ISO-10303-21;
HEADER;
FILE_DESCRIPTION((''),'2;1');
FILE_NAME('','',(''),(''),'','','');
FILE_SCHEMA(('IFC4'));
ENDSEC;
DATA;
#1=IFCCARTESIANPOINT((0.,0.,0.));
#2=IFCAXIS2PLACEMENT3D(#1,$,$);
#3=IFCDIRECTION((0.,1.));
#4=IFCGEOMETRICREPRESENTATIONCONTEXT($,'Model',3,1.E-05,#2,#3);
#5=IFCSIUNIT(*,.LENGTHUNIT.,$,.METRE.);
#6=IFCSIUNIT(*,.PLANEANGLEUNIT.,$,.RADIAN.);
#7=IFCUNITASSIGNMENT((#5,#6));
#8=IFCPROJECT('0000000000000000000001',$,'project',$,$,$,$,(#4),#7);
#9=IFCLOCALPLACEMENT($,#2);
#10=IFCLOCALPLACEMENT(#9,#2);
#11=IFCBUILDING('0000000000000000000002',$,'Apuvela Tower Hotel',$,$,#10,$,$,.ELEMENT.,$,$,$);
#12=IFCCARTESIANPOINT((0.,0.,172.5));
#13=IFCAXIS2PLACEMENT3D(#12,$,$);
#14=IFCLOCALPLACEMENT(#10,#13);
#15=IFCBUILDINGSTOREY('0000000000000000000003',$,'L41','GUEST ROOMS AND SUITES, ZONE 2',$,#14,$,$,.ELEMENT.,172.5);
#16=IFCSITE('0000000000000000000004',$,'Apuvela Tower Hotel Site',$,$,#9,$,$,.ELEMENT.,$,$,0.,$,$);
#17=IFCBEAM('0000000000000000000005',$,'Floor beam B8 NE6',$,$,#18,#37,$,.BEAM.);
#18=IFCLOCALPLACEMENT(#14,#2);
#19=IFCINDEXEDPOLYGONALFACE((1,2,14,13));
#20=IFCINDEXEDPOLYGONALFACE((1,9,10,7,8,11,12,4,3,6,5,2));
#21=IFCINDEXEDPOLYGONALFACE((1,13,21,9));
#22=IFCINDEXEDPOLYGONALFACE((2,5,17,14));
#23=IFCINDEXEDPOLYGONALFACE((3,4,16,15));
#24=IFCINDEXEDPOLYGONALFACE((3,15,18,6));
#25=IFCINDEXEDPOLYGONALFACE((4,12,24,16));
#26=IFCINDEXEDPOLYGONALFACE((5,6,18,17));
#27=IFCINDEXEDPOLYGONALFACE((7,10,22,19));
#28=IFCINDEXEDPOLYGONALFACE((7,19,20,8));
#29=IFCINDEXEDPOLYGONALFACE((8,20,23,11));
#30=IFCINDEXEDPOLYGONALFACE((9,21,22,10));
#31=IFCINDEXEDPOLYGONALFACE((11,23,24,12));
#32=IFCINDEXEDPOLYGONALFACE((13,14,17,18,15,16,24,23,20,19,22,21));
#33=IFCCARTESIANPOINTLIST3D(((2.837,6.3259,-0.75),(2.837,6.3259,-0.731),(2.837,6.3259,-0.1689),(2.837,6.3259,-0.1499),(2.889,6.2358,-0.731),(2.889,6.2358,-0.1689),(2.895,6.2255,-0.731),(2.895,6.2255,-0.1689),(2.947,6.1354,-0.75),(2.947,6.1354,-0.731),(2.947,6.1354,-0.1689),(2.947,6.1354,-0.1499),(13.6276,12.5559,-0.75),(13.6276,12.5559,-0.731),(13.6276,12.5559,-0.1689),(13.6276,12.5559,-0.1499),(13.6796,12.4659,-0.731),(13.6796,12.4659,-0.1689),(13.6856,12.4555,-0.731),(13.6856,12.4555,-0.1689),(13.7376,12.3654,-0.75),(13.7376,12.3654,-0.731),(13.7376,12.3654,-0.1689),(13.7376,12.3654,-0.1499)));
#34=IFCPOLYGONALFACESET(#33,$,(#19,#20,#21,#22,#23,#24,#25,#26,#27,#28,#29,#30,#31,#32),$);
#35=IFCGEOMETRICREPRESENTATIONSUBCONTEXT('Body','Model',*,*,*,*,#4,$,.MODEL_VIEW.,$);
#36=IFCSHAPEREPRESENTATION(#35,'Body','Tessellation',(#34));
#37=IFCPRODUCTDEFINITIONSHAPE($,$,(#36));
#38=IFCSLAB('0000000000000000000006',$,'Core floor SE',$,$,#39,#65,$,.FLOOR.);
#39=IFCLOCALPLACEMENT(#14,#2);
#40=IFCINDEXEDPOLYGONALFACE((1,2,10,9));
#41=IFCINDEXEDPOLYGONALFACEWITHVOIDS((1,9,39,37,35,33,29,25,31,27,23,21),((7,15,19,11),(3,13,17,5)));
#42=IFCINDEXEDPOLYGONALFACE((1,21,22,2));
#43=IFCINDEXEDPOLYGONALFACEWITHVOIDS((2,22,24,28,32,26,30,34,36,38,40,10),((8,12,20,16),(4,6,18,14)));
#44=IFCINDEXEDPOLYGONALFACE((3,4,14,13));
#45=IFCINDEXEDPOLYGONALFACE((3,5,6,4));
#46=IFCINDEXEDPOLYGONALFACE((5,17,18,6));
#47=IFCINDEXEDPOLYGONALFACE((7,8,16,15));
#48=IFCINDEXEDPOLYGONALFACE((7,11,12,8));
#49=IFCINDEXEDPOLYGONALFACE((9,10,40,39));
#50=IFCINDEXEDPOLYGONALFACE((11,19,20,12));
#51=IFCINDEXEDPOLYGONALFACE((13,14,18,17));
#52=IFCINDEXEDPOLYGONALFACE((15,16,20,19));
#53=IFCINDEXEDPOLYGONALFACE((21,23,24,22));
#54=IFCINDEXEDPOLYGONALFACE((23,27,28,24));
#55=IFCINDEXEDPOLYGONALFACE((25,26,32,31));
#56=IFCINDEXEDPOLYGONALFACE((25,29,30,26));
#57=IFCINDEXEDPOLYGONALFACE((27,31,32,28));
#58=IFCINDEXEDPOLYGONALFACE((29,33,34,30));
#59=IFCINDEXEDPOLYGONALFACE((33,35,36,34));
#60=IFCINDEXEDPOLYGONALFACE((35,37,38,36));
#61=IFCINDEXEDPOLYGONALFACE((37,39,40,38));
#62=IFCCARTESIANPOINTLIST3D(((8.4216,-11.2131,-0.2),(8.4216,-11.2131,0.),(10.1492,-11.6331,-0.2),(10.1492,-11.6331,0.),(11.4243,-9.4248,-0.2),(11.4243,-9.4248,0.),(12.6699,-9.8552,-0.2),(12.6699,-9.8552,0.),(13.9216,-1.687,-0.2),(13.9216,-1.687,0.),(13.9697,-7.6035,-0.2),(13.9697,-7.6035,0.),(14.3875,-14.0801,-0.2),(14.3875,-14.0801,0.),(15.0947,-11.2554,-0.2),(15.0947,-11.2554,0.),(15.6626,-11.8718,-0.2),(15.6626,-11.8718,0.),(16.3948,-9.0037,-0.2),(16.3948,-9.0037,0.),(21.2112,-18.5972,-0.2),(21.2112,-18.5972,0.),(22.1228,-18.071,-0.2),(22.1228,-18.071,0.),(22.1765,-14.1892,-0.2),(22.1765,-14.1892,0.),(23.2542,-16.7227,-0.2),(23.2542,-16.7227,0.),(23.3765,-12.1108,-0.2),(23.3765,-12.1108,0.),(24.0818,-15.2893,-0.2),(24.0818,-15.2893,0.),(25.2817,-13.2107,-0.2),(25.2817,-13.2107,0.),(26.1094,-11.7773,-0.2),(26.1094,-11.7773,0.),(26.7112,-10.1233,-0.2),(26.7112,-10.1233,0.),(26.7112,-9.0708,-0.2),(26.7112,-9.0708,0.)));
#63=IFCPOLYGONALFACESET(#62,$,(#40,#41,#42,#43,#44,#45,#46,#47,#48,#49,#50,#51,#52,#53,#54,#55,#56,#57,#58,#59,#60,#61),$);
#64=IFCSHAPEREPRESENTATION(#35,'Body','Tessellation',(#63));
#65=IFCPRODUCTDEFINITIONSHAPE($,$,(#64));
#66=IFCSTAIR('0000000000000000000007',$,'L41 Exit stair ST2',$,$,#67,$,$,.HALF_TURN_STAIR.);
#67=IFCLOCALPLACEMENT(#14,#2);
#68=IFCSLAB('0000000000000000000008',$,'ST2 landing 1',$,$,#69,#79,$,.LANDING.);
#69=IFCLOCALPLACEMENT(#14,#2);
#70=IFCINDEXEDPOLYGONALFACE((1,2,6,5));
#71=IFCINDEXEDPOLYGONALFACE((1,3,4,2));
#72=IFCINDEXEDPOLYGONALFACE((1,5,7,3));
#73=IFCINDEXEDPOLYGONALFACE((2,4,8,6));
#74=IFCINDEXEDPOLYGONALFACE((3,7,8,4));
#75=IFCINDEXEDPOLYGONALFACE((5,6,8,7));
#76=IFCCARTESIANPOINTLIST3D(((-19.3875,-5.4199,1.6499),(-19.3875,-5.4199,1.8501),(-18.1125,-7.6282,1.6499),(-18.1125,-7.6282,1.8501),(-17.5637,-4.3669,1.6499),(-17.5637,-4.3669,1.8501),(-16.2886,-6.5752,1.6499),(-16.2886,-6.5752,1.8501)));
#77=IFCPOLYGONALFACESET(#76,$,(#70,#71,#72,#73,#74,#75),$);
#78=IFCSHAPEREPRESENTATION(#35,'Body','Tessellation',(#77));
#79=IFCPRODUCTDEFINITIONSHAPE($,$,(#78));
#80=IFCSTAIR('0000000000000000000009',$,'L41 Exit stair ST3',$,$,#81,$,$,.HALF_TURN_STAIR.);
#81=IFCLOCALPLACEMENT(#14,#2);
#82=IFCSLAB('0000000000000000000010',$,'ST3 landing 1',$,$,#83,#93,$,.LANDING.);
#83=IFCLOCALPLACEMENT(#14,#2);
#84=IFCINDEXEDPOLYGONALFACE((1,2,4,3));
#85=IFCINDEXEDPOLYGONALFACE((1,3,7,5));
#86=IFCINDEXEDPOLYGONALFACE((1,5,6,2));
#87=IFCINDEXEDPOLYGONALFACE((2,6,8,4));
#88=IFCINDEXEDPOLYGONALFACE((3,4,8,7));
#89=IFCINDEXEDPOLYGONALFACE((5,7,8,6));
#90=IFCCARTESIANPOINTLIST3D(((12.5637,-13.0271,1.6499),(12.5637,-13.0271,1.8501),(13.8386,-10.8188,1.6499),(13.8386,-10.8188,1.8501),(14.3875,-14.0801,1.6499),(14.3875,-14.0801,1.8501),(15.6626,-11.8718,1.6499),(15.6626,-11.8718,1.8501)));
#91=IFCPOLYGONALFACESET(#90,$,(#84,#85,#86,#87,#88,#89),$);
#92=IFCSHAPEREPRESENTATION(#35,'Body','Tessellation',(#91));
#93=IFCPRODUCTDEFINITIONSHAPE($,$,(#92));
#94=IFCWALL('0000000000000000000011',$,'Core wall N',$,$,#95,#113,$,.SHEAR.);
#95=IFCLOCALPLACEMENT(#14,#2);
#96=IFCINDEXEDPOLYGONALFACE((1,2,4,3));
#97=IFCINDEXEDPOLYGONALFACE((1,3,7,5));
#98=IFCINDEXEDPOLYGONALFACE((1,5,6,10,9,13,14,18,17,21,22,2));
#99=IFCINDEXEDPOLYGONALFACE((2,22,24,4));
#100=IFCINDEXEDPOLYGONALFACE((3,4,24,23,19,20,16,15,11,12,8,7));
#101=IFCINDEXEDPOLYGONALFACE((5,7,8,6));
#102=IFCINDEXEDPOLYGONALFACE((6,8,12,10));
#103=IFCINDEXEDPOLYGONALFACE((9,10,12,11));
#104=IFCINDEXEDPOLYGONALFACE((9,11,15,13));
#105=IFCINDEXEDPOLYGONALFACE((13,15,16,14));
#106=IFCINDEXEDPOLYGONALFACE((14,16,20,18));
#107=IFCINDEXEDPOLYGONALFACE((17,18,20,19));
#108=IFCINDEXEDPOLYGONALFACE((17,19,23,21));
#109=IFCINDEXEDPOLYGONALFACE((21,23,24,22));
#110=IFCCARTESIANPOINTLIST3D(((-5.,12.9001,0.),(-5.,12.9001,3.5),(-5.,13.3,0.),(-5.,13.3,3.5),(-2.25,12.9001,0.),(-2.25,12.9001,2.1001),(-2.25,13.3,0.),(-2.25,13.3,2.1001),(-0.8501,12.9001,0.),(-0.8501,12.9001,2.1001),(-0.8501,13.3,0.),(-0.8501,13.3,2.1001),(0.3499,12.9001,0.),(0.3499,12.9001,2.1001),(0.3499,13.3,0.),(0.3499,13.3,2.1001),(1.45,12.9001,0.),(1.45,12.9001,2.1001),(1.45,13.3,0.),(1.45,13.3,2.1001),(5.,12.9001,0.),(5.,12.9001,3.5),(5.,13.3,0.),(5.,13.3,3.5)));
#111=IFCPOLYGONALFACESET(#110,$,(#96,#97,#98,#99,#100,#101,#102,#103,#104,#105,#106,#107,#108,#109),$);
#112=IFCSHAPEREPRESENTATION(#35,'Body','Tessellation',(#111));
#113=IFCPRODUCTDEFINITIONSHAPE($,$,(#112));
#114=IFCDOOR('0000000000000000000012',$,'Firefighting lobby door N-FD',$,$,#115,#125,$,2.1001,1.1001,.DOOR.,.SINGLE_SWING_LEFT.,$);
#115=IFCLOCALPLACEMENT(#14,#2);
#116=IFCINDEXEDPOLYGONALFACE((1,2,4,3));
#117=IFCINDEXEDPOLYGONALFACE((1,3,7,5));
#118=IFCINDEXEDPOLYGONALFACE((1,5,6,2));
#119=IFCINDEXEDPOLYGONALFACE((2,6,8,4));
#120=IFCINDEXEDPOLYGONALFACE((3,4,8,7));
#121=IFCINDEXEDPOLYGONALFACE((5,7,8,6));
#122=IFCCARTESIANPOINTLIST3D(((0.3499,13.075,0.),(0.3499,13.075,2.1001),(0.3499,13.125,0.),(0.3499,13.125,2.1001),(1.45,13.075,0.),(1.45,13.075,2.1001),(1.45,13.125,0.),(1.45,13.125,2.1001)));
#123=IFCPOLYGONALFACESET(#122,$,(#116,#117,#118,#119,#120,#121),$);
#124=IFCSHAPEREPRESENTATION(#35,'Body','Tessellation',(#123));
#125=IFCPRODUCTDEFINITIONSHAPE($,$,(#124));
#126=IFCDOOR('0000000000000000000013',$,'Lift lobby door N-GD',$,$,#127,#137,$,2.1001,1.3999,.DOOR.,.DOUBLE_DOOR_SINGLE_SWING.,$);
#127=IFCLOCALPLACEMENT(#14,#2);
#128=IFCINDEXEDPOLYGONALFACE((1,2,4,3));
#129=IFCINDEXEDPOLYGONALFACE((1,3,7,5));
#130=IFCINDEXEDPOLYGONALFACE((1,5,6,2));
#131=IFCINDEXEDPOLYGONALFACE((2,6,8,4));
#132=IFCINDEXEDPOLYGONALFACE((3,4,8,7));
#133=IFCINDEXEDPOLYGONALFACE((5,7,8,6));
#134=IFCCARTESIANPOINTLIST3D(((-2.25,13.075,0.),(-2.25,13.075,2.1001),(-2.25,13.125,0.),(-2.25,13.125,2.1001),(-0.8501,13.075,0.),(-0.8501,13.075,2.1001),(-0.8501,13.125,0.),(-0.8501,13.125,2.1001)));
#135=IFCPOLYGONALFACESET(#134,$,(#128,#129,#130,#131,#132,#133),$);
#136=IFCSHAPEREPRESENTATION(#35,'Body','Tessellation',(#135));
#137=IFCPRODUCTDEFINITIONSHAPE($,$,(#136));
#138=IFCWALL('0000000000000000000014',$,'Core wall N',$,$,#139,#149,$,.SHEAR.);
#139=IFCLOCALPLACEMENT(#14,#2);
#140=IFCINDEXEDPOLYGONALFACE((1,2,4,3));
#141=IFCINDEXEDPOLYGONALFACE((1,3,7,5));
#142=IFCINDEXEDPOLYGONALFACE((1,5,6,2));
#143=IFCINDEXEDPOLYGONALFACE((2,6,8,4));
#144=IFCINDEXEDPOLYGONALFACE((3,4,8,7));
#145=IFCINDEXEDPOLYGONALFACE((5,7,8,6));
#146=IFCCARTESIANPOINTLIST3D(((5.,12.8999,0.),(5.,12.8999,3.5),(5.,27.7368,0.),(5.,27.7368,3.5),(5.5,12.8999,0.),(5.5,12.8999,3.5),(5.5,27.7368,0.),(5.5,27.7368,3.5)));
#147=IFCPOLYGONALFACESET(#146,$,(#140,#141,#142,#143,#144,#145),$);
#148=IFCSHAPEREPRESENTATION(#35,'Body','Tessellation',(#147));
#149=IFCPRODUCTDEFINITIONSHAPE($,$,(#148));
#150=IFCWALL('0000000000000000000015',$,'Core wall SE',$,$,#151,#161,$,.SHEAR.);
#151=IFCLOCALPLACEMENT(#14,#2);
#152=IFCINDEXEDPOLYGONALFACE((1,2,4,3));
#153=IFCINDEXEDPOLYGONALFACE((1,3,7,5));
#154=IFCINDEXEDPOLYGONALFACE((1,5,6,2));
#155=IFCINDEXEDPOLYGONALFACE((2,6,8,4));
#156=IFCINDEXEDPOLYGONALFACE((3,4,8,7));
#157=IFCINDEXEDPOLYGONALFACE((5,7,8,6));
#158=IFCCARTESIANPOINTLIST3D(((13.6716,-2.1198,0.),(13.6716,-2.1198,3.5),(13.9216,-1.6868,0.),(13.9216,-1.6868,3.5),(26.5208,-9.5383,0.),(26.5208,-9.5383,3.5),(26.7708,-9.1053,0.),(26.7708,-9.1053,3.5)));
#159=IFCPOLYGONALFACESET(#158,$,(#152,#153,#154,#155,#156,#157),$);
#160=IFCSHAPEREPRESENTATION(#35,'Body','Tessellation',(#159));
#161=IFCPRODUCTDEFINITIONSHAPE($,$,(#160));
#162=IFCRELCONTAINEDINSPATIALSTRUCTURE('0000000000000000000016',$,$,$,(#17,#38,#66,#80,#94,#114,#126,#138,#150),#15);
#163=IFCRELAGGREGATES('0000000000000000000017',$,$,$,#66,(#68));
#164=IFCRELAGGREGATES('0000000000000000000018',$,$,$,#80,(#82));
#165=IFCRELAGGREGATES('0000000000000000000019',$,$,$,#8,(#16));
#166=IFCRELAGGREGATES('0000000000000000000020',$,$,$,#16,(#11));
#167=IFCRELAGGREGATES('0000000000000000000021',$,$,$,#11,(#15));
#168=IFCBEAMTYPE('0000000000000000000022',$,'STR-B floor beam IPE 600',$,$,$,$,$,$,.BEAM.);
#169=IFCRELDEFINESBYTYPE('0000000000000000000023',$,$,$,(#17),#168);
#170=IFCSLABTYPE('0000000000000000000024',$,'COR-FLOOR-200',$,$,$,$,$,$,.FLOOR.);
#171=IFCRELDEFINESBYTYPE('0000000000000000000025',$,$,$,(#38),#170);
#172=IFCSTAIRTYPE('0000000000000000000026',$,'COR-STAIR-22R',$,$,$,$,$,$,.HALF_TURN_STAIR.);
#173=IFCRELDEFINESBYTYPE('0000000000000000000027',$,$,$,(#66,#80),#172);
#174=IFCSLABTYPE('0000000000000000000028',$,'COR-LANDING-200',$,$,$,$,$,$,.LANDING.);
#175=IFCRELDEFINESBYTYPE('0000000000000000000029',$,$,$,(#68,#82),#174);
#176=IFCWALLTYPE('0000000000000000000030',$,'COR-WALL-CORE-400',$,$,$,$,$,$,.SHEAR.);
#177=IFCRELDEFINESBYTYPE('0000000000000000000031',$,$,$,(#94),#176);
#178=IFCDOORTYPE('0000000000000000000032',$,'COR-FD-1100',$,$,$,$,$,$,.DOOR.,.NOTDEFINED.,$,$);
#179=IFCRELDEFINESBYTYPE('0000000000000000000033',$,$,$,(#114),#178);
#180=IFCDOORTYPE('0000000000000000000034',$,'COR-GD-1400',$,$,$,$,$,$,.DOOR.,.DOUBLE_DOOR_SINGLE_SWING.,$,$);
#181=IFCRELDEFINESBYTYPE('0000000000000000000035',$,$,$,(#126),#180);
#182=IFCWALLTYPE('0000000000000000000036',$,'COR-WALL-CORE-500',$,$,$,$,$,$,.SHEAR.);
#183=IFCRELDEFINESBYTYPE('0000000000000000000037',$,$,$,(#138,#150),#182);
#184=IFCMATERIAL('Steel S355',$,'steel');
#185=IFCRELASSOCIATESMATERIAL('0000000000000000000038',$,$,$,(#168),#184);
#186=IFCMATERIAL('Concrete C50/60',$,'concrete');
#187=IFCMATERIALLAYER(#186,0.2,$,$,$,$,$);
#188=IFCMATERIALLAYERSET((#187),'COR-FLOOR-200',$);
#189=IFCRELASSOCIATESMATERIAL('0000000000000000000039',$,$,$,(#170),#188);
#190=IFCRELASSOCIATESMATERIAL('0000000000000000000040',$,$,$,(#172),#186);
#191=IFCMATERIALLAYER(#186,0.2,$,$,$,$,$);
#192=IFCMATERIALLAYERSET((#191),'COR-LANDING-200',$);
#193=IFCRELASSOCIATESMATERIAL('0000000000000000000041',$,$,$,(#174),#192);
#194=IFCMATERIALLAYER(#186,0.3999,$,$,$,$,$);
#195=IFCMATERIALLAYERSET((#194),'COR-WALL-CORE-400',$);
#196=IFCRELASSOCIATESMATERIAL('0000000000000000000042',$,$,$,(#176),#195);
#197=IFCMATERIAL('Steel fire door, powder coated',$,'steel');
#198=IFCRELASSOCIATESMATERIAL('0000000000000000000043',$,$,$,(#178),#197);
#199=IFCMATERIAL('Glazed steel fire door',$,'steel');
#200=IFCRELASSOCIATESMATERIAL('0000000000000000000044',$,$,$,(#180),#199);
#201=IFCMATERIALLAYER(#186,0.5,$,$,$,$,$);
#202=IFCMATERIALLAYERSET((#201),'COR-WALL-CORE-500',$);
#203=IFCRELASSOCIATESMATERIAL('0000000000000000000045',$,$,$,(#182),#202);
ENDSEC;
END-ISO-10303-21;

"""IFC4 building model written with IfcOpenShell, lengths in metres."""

from ifc_helpers import new_model, si_unit, direction, frame, frame_2d, origin, origin_2d, place, context, subcontext, project, spatial, polyline, rectangle, i_section, outline, extrude, material, layer, layer_set, material_profile, profile_set, type_object, element, fill, aggregate, save


model = new_model("IFC4")

# Units and contexts
model_context = context("Model", 3, precision=1e-05, world=origin(), true_north=direction((0.0, 1.0)))
body_context = subcontext(model_context, "Body", "Model", "MODEL_VIEW")
ifc_project = project(units=[si_unit("LENGTHUNIT", "METRE"), si_unit("PLANEANGLEUNIT", "RADIAN")], contexts=[model_context])

# Site, building, storey
site_placement = place(None, origin())
site = spatial("IfcSite", under=ifc_project, at=site_placement, Name="Apuvela Tower Hotel Site", CompositionType="ELEMENT", RefElevation=0.0)
building_placement = place(site_placement, origin())
building = spatial("IfcBuilding", under=site, at=building_placement, Name="Apuvela Tower Hotel", CompositionType="ELEMENT")
storey_placement = place(building_placement, frame((0.0, 0.0, 172.5)))
storey = spatial("IfcBuildingStorey", under=building, at=storey_placement, Name="L41", Description="GUEST ROOMS AND SUITES, ZONE 2", CompositionType="ELEMENT", Elevation=172.5)

# Beam
ifc_material_1 = material(Name="Steel S355", Category="steel")
ifc_material_profile = material_profile(ifc_material_1, i_section(OverallWidth=0.22, OverallDepth=0.6001, WebThickness=0.012, FlangeThickness=0.019, at=origin_2d()), Name="IPE 600")
ifc_profile_set = profile_set([ifc_material_profile], Name="Steel S355")
beam_type = type_object("IfcBeamType", Name="STR-B floor beam IPE 600", PredefinedType="BEAM", material=ifc_profile_set)
beam_placement = place(storey_placement, frame((13.6826, 12.4607, -0.45), z_axis=(-0.866023, -0.500004, 0.0), x_axis=(0.500004, -0.866023, 0.0)))
element("IfcBeam", 1, at=beam_placement, inside=storey, type_object=beam_type, Name="Floor beam B8 NE6", PredefinedType="BEAM", context=body_context, shape_type="SweptSolid", body=[
    extrude(i_section(OverallWidth=0.22, OverallDepth=0.6001, WebThickness=0.012, FlangeThickness=0.019, at=origin_2d()), origin(), (0.0, 0.0, 1.0), 12.46),
])

# Slab
ifc_material_2 = material(Name="Concrete C50/60", Category="concrete")
ifc_layer_1 = layer(ifc_material_2, 0.2)
ifc_layer_set_1 = layer_set([ifc_layer_1], Name="COR-FLOOR-200")
slab_type_1 = type_object("IfcSlabType", Name="COR-FLOOR-200", PredefinedType="FLOOR", material=ifc_layer_set_1)
slab_1_placement = place(storey_placement, frame((0.0, 0.0, -0.2)))
element("IfcSlab", 2, at=slab_1_placement, inside=storey, type_object=slab_type_1, Name="Core floor SE", PredefinedType="FLOOR", context=body_context, shape_type="SweptSolid", body=[
    extrude(outline(polyline([(21.2112, -18.5972), (22.1228, -18.071), (23.2542, -16.7227), (24.0818, -15.2893), (22.1765, -14.1892), (23.3765, -12.1108), (25.2817, -13.2107), (26.1094, -11.7773), (26.7112, -10.1233), (26.7112, -9.0708), (13.9216, -1.687), (8.4216, -11.2131), (21.2112, -18.5972)]), holes=[polyline([(11.4243, -9.4248), (15.6626, -11.8718), (14.3875, -14.0801), (10.1492, -11.6331), (11.4243, -9.4248)]), polyline([(13.9697, -7.6035), (16.3948, -9.0037), (15.0947, -11.2554), (12.6699, -9.8552), (13.9697, -7.6035)])]), origin(), (0.0, 0.0, 1.0), 0.2),
])

# Stairs, slabs
stair_type = type_object("IfcStairType", Name="COR-STAIR-22R", PredefinedType="HALF_TURN_STAIR", material=ifc_material_2)
stair_1_placement = place(storey_placement, origin())
stair_1 = element("IfcStair", 3, at=stair_1_placement, inside=storey, type_object=stair_type, Name="L41 Exit stair ST2", PredefinedType="HALF_TURN_STAIR")
ifc_layer_2 = layer(ifc_material_2, 0.2)
ifc_layer_set_2 = layer_set([ifc_layer_2], Name="COR-LANDING-200")
slab_type_2 = type_object("IfcSlabType", Name="COR-LANDING-200", PredefinedType="LANDING", material=ifc_layer_set_2)
slab_2_placement = place(storey_placement, frame((0.0, 0.0, 1.6499)))
slab_2 = element("IfcSlab", 4, at=slab_2_placement, type_object=slab_type_2, Name="ST2 landing 1", PredefinedType="LANDING", context=body_context, shape_type="SweptSolid", body=[
    extrude(outline(polyline([(-17.5637, -4.3669), (-19.3875, -5.4199), (-18.1125, -7.6282), (-16.2886, -6.5752), (-17.5637, -4.3669)])), origin(), (0.0, 0.0, 1.0), 0.2002),
])
aggregate(stair_1, [slab_2])
stair_2_placement = place(storey_placement, origin())
stair_2 = element("IfcStair", 5, at=stair_2_placement, inside=storey, type_object=stair_type, Name="L41 Exit stair ST3", PredefinedType="HALF_TURN_STAIR")
slab_3_placement = place(storey_placement, frame((0.0, 0.0, 1.6499)))
slab_3 = element("IfcSlab", 6, at=slab_3_placement, type_object=slab_type_2, Name="ST3 landing 1", PredefinedType="LANDING", context=body_context, shape_type="SweptSolid", body=[
    extrude(outline(polyline([(12.5637, -13.0271), (14.3875, -14.0801), (15.6626, -11.8718), (13.8386, -10.8188), (12.5637, -13.0271)])), origin(), (0.0, 0.0, 1.0), 0.2002),
])
aggregate(stair_2, [slab_3])

# Wall, openings, doors
ifc_layer_3 = layer(ifc_material_2, 0.3999)
ifc_layer_set_3 = layer_set([ifc_layer_3], Name="COR-WALL-CORE-400")
wall_type_1 = type_object("IfcWallType", Name="COR-WALL-CORE-400", PredefinedType="SHEAR", material=ifc_layer_set_3)
wall_1_placement = place(storey_placement, frame((5.0, 13.1001, 0.0), z_axis=(0.0, 0.0, 1.0), x_axis=(-1.0, 0.0, 0.0)))
wall_1 = element("IfcWall", 7, at=wall_1_placement, inside=storey, type_object=wall_type_1, Name="Core wall N", PredefinedType="SHEAR", context=body_context, shape_type="SweptSolid", body=[
    extrude(rectangle(XDim=10.0, YDim=0.3999, at=frame_2d((5.0, 0.0))), origin(), (0.0, 0.0, 1.0), 3.5),
])
opening_1_placement = place(wall_1_placement, frame((3.55, 0.0, 0.0)))
opening_1 = element("IfcOpeningElement", 8, at=opening_1_placement, cuts=wall_1, PredefinedType="OPENING", context=body_context, shape_type="SweptSolid", body=[
    extrude(rectangle(XDim=1.1001, YDim=2.1001, at=frame_2d((0.55, 1.05))), frame((0.0, 0.21, 0.0), z_axis=(0.0, -1.0, 0.0), x_axis=(1.0, 0.0, 0.0)), (0.0, 0.0, 1.0), 0.4199),
])
opening_2_placement = place(wall_1_placement, frame((5.8501, 0.0, 0.0)))
opening_2 = element("IfcOpeningElement", 9, at=opening_2_placement, cuts=wall_1, PredefinedType="OPENING", context=body_context, shape_type="SweptSolid", body=[
    extrude(rectangle(XDim=1.3999, YDim=2.1001, at=frame_2d((0.7, 1.05))), frame((0.0, 0.21, 0.0), z_axis=(0.0, -1.0, 0.0), x_axis=(1.0, 0.0, 0.0)), (0.0, 0.0, 1.0), 0.4199),
])
ifc_material_3 = material(Name="Steel fire door, powder coated", Category="steel")
door_type_1 = type_object("IfcDoorType", Name="COR-FD-1100", OperationType="NOTDEFINED", PredefinedType="DOOR", material=ifc_material_3)
door_1_placement = place(opening_1_placement, frame((1.1001, 0.0, 0.0), z_axis=(0.0, 0.0, 1.0), x_axis=(-1.0, 0.0, 0.0)))
door_1 = element("IfcDoor", 10, at=door_1_placement, inside=storey, type_object=door_type_1, Name="Firefighting lobby door N-FD", OperationType="SINGLE_SWING_LEFT", OverallHeight=2.1001, OverallWidth=1.1001, PredefinedType="DOOR", context=body_context, shape_type="SweptSolid", body=[
    extrude(rectangle(XDim=1.1001, YDim=2.1001, at=frame_2d((0.55, 1.05))), frame((0.0, 0.0249, 0.0), z_axis=(0.0, -1.0, 0.0), x_axis=(1.0, 0.0, 0.0)), (0.0, 0.0, 1.0), 0.05),
])
fill(opening_1, door_1)
ifc_material_4 = material(Name="Glazed steel fire door", Category="steel")
door_type_2 = type_object("IfcDoorType", Name="COR-GD-1400", OperationType="DOUBLE_DOOR_SINGLE_SWING", PredefinedType="DOOR", material=ifc_material_4)
door_2_placement = place(opening_2_placement, frame((1.3999, 0.0, 0.0), z_axis=(0.0, 0.0, 1.0), x_axis=(-1.0, 0.0, 0.0)))
door_2 = element("IfcDoor", 11, at=door_2_placement, inside=storey, type_object=door_type_2, Name="Lift lobby door N-GD", OperationType="DOUBLE_DOOR_SINGLE_SWING", OverallHeight=2.1001, OverallWidth=1.3999, PredefinedType="DOOR", context=body_context, shape_type="SweptSolid", body=[
    extrude(rectangle(XDim=1.3999, YDim=2.1001, at=frame_2d((0.7, 1.05))), frame((0.0, 0.0249, 0.0), z_axis=(0.0, -1.0, 0.0), x_axis=(1.0, 0.0, 0.0)), (0.0, 0.0, 1.0), 0.05),
])
fill(opening_2, door_2)

# Walls
ifc_layer_4 = layer(ifc_material_2, 0.5)
ifc_layer_set_4 = layer_set([ifc_layer_4], Name="COR-WALL-CORE-500")
wall_type_2 = type_object("IfcWallType", Name="COR-WALL-CORE-500", PredefinedType="SHEAR", material=ifc_layer_set_4)
for number, where, z_axis, x_axis, name in (
    (12, (5.25, 12.8999, 0.0), (0.0, 0.0, 1.0), (0.0, 1.0, 0.0), "Core wall N"),
    (13, (13.7966, -1.9033, 0.0), (0.0, 0.0, 1.0), (0.866025, -0.500001, 0.0), "Core wall SE"),
):
    element("IfcWall", number, at=place(storey_placement, frame(where, z_axis=z_axis, x_axis=x_axis)), inside=storey, type_object=wall_type_2, Name=name, PredefinedType="SHEAR", context=body_context, shape_type="SweptSolid", body=[
        extrude(rectangle(XDim=14.8369, YDim=0.5, at=frame_2d((7.4185, 0.0))), origin(), (0.0, 0.0, 1.0), 3.5),
    ])

save(model, "model.ifc")
